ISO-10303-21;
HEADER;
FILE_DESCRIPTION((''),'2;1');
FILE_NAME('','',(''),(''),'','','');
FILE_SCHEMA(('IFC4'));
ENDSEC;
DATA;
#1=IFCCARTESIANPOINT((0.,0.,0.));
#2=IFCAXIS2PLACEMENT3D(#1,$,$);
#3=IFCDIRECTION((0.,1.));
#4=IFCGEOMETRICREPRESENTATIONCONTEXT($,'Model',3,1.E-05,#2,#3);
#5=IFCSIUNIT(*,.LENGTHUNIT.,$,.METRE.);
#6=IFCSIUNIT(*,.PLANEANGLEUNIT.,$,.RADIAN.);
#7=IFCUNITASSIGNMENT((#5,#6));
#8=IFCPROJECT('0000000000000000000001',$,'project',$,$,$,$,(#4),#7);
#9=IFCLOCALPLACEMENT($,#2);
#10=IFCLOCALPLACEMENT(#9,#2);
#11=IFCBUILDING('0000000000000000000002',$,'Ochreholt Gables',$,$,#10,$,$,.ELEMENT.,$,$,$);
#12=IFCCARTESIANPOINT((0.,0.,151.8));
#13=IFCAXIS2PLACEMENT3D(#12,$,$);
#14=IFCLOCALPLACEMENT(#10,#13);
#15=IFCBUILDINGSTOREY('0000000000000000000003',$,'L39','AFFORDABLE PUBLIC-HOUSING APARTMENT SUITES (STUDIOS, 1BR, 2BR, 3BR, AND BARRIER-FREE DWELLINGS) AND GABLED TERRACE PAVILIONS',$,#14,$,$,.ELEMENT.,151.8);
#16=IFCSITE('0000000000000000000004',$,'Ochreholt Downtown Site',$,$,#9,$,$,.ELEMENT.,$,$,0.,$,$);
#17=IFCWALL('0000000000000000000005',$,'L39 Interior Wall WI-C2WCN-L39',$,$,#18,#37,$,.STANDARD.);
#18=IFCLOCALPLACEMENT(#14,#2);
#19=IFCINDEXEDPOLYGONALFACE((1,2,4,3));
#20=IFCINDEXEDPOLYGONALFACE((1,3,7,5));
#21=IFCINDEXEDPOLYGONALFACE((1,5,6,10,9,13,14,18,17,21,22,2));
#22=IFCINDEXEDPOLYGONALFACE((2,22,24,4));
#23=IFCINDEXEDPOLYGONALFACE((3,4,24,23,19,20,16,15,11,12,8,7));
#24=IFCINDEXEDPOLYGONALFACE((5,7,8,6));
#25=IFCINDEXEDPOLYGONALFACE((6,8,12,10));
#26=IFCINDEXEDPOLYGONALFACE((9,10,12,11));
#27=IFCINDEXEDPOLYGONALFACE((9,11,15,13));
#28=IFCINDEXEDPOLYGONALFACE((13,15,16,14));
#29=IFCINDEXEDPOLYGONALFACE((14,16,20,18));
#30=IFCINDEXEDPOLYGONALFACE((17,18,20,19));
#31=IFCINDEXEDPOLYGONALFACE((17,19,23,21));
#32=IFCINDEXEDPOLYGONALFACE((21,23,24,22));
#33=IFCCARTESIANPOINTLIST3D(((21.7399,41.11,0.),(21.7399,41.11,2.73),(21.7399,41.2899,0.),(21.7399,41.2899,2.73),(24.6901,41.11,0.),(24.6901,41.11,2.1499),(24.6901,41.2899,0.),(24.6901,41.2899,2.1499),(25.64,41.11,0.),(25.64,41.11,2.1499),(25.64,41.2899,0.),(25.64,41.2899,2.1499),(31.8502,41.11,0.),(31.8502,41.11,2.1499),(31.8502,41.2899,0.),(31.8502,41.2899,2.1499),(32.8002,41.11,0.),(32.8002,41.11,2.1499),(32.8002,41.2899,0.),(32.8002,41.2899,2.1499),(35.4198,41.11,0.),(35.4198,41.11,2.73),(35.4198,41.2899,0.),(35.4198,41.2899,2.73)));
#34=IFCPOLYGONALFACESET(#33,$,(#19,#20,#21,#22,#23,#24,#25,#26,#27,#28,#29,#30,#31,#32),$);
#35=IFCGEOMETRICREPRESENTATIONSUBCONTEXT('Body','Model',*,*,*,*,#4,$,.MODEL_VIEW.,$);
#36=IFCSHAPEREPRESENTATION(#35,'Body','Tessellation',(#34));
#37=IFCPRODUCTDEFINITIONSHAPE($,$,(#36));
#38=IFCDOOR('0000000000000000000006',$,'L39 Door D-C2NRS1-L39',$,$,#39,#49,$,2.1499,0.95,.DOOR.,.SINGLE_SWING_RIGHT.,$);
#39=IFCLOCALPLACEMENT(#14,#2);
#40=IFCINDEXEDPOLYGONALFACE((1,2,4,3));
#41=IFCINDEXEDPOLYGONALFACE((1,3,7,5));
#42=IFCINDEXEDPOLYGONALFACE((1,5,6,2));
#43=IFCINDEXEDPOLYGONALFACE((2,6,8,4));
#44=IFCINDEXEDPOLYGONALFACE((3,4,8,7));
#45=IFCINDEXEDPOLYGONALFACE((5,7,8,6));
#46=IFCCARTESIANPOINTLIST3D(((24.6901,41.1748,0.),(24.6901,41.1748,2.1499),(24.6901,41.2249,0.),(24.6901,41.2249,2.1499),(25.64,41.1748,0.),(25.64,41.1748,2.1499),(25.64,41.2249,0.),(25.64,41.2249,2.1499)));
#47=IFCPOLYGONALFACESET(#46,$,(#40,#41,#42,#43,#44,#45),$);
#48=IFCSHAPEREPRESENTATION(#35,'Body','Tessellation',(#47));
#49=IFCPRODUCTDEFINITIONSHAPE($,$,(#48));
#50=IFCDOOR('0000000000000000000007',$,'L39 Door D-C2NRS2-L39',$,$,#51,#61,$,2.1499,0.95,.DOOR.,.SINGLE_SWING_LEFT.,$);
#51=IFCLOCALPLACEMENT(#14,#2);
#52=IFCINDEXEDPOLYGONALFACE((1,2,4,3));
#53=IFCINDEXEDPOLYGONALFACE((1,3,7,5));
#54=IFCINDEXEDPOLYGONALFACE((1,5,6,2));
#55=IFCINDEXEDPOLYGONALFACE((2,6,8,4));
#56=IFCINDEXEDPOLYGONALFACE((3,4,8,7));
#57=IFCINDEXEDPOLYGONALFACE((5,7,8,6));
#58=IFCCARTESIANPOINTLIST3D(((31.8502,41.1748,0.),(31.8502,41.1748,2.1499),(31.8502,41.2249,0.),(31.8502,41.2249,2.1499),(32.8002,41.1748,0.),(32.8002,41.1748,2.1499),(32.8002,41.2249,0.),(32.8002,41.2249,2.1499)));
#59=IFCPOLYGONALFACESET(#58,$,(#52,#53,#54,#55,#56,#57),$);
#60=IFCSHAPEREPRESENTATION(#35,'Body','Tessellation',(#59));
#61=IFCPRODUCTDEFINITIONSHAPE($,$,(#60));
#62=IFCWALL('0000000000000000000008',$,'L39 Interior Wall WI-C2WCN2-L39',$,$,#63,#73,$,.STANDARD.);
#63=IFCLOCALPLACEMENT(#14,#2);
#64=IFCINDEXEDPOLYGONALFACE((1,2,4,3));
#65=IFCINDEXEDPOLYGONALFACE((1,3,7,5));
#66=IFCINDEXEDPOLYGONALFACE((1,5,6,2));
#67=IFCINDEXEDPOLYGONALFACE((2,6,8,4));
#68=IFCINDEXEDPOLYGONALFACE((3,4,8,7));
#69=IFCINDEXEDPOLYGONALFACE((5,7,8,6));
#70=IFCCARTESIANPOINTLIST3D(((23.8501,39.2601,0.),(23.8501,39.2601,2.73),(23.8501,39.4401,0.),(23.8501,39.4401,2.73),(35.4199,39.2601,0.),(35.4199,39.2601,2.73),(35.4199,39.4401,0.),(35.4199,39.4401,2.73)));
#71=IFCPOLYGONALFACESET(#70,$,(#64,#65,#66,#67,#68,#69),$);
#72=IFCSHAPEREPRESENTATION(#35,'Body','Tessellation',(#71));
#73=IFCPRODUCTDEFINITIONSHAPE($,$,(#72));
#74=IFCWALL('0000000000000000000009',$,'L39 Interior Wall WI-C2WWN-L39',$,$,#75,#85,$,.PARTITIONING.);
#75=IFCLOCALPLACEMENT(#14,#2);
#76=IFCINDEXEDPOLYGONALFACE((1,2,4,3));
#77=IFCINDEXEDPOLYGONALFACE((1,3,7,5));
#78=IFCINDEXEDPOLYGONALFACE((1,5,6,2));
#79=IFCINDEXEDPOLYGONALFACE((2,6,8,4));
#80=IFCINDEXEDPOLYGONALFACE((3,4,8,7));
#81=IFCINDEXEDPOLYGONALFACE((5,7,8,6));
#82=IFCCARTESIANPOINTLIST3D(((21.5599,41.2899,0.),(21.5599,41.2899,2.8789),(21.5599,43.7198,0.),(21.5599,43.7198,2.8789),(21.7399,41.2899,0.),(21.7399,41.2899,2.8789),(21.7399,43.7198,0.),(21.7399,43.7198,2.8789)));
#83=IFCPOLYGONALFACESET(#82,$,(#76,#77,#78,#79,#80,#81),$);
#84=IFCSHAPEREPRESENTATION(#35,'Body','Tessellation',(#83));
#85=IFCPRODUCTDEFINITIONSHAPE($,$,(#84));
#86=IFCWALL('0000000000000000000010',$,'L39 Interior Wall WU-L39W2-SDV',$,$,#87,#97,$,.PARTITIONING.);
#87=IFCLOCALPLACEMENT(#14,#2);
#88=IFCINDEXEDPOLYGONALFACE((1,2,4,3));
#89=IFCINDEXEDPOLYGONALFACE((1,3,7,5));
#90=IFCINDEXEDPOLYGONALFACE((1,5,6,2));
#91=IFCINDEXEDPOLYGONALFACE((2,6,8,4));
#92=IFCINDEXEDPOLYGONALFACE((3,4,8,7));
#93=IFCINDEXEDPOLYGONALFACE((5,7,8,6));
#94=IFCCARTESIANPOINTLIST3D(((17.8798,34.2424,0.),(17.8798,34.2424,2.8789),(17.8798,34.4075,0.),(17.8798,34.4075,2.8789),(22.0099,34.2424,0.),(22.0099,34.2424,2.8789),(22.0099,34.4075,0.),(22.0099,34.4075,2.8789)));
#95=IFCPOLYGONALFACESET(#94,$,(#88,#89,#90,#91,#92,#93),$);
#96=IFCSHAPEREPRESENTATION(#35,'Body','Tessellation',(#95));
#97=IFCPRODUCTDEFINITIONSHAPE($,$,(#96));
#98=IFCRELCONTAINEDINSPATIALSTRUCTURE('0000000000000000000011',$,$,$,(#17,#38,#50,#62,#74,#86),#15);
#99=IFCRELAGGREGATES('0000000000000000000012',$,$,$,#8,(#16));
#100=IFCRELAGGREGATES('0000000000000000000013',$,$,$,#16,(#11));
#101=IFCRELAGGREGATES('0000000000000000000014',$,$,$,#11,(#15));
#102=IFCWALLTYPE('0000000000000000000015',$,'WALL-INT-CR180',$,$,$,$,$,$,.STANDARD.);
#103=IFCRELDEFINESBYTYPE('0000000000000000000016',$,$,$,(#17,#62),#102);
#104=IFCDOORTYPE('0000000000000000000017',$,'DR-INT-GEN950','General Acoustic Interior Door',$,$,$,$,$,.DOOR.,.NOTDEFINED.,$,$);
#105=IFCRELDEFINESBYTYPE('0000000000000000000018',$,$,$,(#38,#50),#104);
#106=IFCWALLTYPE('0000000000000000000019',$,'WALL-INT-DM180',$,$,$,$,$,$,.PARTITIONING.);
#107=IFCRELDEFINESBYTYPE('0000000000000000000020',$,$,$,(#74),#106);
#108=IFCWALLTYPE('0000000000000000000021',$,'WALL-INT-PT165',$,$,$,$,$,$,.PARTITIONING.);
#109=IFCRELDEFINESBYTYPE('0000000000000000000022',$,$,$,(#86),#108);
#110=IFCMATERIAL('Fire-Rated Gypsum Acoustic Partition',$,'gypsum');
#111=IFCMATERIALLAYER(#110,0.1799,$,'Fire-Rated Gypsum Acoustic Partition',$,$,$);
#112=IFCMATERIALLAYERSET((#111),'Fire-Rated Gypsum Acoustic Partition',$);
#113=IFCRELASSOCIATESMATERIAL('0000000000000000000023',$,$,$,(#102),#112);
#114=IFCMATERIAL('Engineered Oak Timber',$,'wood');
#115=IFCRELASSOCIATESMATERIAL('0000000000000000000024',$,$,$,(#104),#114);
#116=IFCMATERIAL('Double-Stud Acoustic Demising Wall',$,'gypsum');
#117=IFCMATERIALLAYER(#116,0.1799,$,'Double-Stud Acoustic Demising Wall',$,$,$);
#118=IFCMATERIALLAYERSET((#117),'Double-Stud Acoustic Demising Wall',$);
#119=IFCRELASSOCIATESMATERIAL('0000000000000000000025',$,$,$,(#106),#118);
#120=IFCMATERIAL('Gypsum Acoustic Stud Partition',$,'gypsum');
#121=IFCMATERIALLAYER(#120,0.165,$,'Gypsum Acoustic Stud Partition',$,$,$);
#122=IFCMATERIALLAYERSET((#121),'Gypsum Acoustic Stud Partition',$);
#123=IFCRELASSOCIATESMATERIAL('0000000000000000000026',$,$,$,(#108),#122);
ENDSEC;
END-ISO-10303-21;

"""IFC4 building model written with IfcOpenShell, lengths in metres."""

from ifc_helpers import new_model, si_unit, direction, frame, frame_2d, origin, place, context, subcontext, project, spatial, rectangle, extrude, material, layer, layer_set, type_object, element, fill, save


model = new_model("IFC4")

# Units and contexts
model_context = context("Model", 3, precision=1e-05, world=origin(), true_north=direction((0.0, 1.0)))
body_context = subcontext(model_context, "Body", "Model", "MODEL_VIEW")
ifc_project = project(units=[si_unit("LENGTHUNIT", "METRE"), si_unit("PLANEANGLEUNIT", "RADIAN")], contexts=[model_context])

# Site, building, storey
site_placement = place(None, origin())
site = spatial("IfcSite", under=ifc_project, at=site_placement, Name="Ochreholt Downtown Site", CompositionType="ELEMENT", RefElevation=0.0)
building_placement = place(site_placement, origin())
building = spatial("IfcBuilding", under=site, at=building_placement, Name="Ochreholt Gables", CompositionType="ELEMENT")
storey_placement = place(building_placement, frame((0.0, 0.0, 151.8)))
storey = spatial("IfcBuildingStorey", under=building, at=storey_placement, Name="L39", Description="AFFORDABLE PUBLIC-HOUSING APARTMENT SUITES (STUDIOS, 1BR, 2BR, 3BR, AND BARRIER-FREE DWELLINGS) AND GABLED TERRACE PAVILIONS", CompositionType="ELEMENT", Elevation=151.8)

# Wall, openings, doors
ifc_material_1 = material(Name="Fire-Rated Gypsum Acoustic Partition", Category="gypsum")
ifc_layer_1 = layer(ifc_material_1, 0.1799, Name="Fire-Rated Gypsum Acoustic Partition")
ifc_layer_set_1 = layer_set([ifc_layer_1], Name="Fire-Rated Gypsum Acoustic Partition")
wall_type_1 = type_object("IfcWallType", Name="WALL-INT-CR180", PredefinedType="STANDARD", material=ifc_layer_set_1)
wall_1_placement = place(storey_placement, frame((21.74, 41.2, 0.0), z_axis=(0.0, 0.0, 1.0), x_axis=(1.0, 0.0, 0.0)))
wall_1 = element("IfcWall", 1, at=wall_1_placement, inside=storey, type_object=wall_type_1, Name="L39 Interior Wall WI-C2WCN-L39", PredefinedType="STANDARD", context=body_context, shape_type="SweptSolid", body=[
    extrude(rectangle(XDim=13.6799, YDim=0.1799, at=frame_2d((6.8398, 0.0))), origin(), (0.0, 0.0, 1.0), 2.73),
])
opening_1_placement = place(wall_1_placement, frame((2.95, 0.0, 0.0)))
opening_1 = element("IfcOpeningElement", 2, at=opening_1_placement, cuts=wall_1, PredefinedType="OPENING", context=body_context, shape_type="SweptSolid", body=[
    extrude(rectangle(XDim=0.95, YDim=2.1499, at=frame_2d((0.4751, 1.075))), frame((0.0, 0.0999, 0.0), z_axis=(0.0, -1.0, 0.0), x_axis=(1.0, 0.0, 0.0)), (0.0, 0.0, 1.0), 0.2),
])
opening_2_placement = place(wall_1_placement, frame((10.1101, 0.0, 0.0)))
opening_2 = element("IfcOpeningElement", 3, at=opening_2_placement, cuts=wall_1, PredefinedType="OPENING", context=body_context, shape_type="SweptSolid", body=[
    extrude(rectangle(XDim=0.95, YDim=2.1499, at=frame_2d((0.4751, 1.075))), frame((0.0, 0.0999, 0.0), z_axis=(0.0, -1.0, 0.0), x_axis=(1.0, 0.0, 0.0)), (0.0, 0.0, 1.0), 0.2),
])
ifc_material_2 = material(Name="Engineered Oak Timber", Category="wood")
door_type = type_object("IfcDoorType", Name="DR-INT-GEN950", Description="General Acoustic Interior Door", OperationType="NOTDEFINED", PredefinedType="DOOR", material=ifc_material_2)
door_1_placement = place(opening_1_placement, origin())
door_1 = element("IfcDoor", 4, at=door_1_placement, inside=storey, type_object=door_type, Name="L39 Door D-C2NRS1-L39", OperationType="SINGLE_SWING_RIGHT", OverallHeight=2.1499, OverallWidth=0.95, PredefinedType="DOOR", context=body_context, shape_type="SweptSolid", body=[
    extrude(rectangle(XDim=0.95, YDim=2.1499, at=frame_2d((0.4751, 1.075))), frame((0.0, 0.0249, 0.0), z_axis=(0.0, -1.0, 0.0), x_axis=(1.0, 0.0, 0.0)), (0.0, 0.0, 1.0), 0.05),
])
fill(opening_1, door_1)
door_2_placement = place(opening_2_placement, origin())
door_2 = element("IfcDoor", 5, at=door_2_placement, inside=storey, type_object=door_type, Name="L39 Door D-C2NRS2-L39", OperationType="SINGLE_SWING_LEFT", OverallHeight=2.1499, OverallWidth=0.95, PredefinedType="DOOR", context=body_context, shape_type="SweptSolid", body=[
    extrude(rectangle(XDim=0.95, YDim=2.1499, at=frame_2d((0.4751, 1.075))), frame((0.0, 0.0249, 0.0), z_axis=(0.0, -1.0, 0.0), x_axis=(1.0, 0.0, 0.0)), (0.0, 0.0, 1.0), 0.05),
])
fill(opening_2, door_2)

# Walls
wall_2_placement = place(storey_placement, frame((23.8501, 39.3501, 0.0), z_axis=(0.0, 0.0, 1.0), x_axis=(1.0, 0.0, 0.0)))
element("IfcWall", 6, at=wall_2_placement, inside=storey, type_object=wall_type_1, Name="L39 Interior Wall WI-C2WCN2-L39", PredefinedType="STANDARD", context=body_context, shape_type="SweptSolid", body=[
    extrude(rectangle(XDim=11.5698, YDim=0.1799, at=frame_2d((5.7849, 0.0))), origin(), (0.0, 0.0, 1.0), 2.73),
])
ifc_material_3 = material(Name="Double-Stud Acoustic Demising Wall", Category="gypsum")
ifc_layer_2 = layer(ifc_material_3, 0.1799, Name="Double-Stud Acoustic Demising Wall")
ifc_layer_set_2 = layer_set([ifc_layer_2], Name="Double-Stud Acoustic Demising Wall")
wall_type_2 = type_object("IfcWallType", Name="WALL-INT-DM180", PredefinedType="PARTITIONING", material=ifc_layer_set_2)
wall_3_placement = place(storey_placement, frame((21.6499, 41.29, 0.0), z_axis=(0.0, 0.0, 1.0), x_axis=(0.0, 1.0, 0.0)))
element("IfcWall", 7, at=wall_3_placement, inside=storey, type_object=wall_type_2, Name="L39 Interior Wall WI-C2WWN-L39", PredefinedType="PARTITIONING", context=body_context, shape_type="SweptSolid", body=[
    extrude(rectangle(XDim=2.4299, YDim=0.1799, at=frame_2d((1.2148, 0.0))), origin(), (0.0, 0.0, 1.0), 2.8789),
])
ifc_material_4 = material(Name="Gypsum Acoustic Stud Partition", Category="gypsum")
ifc_layer_3 = layer(ifc_material_4, 0.165, Name="Gypsum Acoustic Stud Partition")
ifc_layer_set_3 = layer_set([ifc_layer_3], Name="Gypsum Acoustic Stud Partition")
wall_type_3 = type_object("IfcWallType", Name="WALL-INT-PT165", PredefinedType="PARTITIONING", material=ifc_layer_set_3)
wall_4_placement = place(storey_placement, frame((17.8799, 34.325, 0.0), z_axis=(0.0, 0.0, 1.0), x_axis=(1.0, 0.0, 0.0)))
element("IfcWall", 8, at=wall_4_placement, inside=storey, type_object=wall_type_3, Name="L39 Interior Wall WU-L39W2-SDV", PredefinedType="PARTITIONING", context=body_context, shape_type="SweptSolid", body=[
    extrude(rectangle(XDim=4.1301, YDim=0.165, at=frame_2d((2.0649, 0.0))), origin(), (0.0, 0.0, 1.0), 2.8789),
])

save(model, "model.ifc")
